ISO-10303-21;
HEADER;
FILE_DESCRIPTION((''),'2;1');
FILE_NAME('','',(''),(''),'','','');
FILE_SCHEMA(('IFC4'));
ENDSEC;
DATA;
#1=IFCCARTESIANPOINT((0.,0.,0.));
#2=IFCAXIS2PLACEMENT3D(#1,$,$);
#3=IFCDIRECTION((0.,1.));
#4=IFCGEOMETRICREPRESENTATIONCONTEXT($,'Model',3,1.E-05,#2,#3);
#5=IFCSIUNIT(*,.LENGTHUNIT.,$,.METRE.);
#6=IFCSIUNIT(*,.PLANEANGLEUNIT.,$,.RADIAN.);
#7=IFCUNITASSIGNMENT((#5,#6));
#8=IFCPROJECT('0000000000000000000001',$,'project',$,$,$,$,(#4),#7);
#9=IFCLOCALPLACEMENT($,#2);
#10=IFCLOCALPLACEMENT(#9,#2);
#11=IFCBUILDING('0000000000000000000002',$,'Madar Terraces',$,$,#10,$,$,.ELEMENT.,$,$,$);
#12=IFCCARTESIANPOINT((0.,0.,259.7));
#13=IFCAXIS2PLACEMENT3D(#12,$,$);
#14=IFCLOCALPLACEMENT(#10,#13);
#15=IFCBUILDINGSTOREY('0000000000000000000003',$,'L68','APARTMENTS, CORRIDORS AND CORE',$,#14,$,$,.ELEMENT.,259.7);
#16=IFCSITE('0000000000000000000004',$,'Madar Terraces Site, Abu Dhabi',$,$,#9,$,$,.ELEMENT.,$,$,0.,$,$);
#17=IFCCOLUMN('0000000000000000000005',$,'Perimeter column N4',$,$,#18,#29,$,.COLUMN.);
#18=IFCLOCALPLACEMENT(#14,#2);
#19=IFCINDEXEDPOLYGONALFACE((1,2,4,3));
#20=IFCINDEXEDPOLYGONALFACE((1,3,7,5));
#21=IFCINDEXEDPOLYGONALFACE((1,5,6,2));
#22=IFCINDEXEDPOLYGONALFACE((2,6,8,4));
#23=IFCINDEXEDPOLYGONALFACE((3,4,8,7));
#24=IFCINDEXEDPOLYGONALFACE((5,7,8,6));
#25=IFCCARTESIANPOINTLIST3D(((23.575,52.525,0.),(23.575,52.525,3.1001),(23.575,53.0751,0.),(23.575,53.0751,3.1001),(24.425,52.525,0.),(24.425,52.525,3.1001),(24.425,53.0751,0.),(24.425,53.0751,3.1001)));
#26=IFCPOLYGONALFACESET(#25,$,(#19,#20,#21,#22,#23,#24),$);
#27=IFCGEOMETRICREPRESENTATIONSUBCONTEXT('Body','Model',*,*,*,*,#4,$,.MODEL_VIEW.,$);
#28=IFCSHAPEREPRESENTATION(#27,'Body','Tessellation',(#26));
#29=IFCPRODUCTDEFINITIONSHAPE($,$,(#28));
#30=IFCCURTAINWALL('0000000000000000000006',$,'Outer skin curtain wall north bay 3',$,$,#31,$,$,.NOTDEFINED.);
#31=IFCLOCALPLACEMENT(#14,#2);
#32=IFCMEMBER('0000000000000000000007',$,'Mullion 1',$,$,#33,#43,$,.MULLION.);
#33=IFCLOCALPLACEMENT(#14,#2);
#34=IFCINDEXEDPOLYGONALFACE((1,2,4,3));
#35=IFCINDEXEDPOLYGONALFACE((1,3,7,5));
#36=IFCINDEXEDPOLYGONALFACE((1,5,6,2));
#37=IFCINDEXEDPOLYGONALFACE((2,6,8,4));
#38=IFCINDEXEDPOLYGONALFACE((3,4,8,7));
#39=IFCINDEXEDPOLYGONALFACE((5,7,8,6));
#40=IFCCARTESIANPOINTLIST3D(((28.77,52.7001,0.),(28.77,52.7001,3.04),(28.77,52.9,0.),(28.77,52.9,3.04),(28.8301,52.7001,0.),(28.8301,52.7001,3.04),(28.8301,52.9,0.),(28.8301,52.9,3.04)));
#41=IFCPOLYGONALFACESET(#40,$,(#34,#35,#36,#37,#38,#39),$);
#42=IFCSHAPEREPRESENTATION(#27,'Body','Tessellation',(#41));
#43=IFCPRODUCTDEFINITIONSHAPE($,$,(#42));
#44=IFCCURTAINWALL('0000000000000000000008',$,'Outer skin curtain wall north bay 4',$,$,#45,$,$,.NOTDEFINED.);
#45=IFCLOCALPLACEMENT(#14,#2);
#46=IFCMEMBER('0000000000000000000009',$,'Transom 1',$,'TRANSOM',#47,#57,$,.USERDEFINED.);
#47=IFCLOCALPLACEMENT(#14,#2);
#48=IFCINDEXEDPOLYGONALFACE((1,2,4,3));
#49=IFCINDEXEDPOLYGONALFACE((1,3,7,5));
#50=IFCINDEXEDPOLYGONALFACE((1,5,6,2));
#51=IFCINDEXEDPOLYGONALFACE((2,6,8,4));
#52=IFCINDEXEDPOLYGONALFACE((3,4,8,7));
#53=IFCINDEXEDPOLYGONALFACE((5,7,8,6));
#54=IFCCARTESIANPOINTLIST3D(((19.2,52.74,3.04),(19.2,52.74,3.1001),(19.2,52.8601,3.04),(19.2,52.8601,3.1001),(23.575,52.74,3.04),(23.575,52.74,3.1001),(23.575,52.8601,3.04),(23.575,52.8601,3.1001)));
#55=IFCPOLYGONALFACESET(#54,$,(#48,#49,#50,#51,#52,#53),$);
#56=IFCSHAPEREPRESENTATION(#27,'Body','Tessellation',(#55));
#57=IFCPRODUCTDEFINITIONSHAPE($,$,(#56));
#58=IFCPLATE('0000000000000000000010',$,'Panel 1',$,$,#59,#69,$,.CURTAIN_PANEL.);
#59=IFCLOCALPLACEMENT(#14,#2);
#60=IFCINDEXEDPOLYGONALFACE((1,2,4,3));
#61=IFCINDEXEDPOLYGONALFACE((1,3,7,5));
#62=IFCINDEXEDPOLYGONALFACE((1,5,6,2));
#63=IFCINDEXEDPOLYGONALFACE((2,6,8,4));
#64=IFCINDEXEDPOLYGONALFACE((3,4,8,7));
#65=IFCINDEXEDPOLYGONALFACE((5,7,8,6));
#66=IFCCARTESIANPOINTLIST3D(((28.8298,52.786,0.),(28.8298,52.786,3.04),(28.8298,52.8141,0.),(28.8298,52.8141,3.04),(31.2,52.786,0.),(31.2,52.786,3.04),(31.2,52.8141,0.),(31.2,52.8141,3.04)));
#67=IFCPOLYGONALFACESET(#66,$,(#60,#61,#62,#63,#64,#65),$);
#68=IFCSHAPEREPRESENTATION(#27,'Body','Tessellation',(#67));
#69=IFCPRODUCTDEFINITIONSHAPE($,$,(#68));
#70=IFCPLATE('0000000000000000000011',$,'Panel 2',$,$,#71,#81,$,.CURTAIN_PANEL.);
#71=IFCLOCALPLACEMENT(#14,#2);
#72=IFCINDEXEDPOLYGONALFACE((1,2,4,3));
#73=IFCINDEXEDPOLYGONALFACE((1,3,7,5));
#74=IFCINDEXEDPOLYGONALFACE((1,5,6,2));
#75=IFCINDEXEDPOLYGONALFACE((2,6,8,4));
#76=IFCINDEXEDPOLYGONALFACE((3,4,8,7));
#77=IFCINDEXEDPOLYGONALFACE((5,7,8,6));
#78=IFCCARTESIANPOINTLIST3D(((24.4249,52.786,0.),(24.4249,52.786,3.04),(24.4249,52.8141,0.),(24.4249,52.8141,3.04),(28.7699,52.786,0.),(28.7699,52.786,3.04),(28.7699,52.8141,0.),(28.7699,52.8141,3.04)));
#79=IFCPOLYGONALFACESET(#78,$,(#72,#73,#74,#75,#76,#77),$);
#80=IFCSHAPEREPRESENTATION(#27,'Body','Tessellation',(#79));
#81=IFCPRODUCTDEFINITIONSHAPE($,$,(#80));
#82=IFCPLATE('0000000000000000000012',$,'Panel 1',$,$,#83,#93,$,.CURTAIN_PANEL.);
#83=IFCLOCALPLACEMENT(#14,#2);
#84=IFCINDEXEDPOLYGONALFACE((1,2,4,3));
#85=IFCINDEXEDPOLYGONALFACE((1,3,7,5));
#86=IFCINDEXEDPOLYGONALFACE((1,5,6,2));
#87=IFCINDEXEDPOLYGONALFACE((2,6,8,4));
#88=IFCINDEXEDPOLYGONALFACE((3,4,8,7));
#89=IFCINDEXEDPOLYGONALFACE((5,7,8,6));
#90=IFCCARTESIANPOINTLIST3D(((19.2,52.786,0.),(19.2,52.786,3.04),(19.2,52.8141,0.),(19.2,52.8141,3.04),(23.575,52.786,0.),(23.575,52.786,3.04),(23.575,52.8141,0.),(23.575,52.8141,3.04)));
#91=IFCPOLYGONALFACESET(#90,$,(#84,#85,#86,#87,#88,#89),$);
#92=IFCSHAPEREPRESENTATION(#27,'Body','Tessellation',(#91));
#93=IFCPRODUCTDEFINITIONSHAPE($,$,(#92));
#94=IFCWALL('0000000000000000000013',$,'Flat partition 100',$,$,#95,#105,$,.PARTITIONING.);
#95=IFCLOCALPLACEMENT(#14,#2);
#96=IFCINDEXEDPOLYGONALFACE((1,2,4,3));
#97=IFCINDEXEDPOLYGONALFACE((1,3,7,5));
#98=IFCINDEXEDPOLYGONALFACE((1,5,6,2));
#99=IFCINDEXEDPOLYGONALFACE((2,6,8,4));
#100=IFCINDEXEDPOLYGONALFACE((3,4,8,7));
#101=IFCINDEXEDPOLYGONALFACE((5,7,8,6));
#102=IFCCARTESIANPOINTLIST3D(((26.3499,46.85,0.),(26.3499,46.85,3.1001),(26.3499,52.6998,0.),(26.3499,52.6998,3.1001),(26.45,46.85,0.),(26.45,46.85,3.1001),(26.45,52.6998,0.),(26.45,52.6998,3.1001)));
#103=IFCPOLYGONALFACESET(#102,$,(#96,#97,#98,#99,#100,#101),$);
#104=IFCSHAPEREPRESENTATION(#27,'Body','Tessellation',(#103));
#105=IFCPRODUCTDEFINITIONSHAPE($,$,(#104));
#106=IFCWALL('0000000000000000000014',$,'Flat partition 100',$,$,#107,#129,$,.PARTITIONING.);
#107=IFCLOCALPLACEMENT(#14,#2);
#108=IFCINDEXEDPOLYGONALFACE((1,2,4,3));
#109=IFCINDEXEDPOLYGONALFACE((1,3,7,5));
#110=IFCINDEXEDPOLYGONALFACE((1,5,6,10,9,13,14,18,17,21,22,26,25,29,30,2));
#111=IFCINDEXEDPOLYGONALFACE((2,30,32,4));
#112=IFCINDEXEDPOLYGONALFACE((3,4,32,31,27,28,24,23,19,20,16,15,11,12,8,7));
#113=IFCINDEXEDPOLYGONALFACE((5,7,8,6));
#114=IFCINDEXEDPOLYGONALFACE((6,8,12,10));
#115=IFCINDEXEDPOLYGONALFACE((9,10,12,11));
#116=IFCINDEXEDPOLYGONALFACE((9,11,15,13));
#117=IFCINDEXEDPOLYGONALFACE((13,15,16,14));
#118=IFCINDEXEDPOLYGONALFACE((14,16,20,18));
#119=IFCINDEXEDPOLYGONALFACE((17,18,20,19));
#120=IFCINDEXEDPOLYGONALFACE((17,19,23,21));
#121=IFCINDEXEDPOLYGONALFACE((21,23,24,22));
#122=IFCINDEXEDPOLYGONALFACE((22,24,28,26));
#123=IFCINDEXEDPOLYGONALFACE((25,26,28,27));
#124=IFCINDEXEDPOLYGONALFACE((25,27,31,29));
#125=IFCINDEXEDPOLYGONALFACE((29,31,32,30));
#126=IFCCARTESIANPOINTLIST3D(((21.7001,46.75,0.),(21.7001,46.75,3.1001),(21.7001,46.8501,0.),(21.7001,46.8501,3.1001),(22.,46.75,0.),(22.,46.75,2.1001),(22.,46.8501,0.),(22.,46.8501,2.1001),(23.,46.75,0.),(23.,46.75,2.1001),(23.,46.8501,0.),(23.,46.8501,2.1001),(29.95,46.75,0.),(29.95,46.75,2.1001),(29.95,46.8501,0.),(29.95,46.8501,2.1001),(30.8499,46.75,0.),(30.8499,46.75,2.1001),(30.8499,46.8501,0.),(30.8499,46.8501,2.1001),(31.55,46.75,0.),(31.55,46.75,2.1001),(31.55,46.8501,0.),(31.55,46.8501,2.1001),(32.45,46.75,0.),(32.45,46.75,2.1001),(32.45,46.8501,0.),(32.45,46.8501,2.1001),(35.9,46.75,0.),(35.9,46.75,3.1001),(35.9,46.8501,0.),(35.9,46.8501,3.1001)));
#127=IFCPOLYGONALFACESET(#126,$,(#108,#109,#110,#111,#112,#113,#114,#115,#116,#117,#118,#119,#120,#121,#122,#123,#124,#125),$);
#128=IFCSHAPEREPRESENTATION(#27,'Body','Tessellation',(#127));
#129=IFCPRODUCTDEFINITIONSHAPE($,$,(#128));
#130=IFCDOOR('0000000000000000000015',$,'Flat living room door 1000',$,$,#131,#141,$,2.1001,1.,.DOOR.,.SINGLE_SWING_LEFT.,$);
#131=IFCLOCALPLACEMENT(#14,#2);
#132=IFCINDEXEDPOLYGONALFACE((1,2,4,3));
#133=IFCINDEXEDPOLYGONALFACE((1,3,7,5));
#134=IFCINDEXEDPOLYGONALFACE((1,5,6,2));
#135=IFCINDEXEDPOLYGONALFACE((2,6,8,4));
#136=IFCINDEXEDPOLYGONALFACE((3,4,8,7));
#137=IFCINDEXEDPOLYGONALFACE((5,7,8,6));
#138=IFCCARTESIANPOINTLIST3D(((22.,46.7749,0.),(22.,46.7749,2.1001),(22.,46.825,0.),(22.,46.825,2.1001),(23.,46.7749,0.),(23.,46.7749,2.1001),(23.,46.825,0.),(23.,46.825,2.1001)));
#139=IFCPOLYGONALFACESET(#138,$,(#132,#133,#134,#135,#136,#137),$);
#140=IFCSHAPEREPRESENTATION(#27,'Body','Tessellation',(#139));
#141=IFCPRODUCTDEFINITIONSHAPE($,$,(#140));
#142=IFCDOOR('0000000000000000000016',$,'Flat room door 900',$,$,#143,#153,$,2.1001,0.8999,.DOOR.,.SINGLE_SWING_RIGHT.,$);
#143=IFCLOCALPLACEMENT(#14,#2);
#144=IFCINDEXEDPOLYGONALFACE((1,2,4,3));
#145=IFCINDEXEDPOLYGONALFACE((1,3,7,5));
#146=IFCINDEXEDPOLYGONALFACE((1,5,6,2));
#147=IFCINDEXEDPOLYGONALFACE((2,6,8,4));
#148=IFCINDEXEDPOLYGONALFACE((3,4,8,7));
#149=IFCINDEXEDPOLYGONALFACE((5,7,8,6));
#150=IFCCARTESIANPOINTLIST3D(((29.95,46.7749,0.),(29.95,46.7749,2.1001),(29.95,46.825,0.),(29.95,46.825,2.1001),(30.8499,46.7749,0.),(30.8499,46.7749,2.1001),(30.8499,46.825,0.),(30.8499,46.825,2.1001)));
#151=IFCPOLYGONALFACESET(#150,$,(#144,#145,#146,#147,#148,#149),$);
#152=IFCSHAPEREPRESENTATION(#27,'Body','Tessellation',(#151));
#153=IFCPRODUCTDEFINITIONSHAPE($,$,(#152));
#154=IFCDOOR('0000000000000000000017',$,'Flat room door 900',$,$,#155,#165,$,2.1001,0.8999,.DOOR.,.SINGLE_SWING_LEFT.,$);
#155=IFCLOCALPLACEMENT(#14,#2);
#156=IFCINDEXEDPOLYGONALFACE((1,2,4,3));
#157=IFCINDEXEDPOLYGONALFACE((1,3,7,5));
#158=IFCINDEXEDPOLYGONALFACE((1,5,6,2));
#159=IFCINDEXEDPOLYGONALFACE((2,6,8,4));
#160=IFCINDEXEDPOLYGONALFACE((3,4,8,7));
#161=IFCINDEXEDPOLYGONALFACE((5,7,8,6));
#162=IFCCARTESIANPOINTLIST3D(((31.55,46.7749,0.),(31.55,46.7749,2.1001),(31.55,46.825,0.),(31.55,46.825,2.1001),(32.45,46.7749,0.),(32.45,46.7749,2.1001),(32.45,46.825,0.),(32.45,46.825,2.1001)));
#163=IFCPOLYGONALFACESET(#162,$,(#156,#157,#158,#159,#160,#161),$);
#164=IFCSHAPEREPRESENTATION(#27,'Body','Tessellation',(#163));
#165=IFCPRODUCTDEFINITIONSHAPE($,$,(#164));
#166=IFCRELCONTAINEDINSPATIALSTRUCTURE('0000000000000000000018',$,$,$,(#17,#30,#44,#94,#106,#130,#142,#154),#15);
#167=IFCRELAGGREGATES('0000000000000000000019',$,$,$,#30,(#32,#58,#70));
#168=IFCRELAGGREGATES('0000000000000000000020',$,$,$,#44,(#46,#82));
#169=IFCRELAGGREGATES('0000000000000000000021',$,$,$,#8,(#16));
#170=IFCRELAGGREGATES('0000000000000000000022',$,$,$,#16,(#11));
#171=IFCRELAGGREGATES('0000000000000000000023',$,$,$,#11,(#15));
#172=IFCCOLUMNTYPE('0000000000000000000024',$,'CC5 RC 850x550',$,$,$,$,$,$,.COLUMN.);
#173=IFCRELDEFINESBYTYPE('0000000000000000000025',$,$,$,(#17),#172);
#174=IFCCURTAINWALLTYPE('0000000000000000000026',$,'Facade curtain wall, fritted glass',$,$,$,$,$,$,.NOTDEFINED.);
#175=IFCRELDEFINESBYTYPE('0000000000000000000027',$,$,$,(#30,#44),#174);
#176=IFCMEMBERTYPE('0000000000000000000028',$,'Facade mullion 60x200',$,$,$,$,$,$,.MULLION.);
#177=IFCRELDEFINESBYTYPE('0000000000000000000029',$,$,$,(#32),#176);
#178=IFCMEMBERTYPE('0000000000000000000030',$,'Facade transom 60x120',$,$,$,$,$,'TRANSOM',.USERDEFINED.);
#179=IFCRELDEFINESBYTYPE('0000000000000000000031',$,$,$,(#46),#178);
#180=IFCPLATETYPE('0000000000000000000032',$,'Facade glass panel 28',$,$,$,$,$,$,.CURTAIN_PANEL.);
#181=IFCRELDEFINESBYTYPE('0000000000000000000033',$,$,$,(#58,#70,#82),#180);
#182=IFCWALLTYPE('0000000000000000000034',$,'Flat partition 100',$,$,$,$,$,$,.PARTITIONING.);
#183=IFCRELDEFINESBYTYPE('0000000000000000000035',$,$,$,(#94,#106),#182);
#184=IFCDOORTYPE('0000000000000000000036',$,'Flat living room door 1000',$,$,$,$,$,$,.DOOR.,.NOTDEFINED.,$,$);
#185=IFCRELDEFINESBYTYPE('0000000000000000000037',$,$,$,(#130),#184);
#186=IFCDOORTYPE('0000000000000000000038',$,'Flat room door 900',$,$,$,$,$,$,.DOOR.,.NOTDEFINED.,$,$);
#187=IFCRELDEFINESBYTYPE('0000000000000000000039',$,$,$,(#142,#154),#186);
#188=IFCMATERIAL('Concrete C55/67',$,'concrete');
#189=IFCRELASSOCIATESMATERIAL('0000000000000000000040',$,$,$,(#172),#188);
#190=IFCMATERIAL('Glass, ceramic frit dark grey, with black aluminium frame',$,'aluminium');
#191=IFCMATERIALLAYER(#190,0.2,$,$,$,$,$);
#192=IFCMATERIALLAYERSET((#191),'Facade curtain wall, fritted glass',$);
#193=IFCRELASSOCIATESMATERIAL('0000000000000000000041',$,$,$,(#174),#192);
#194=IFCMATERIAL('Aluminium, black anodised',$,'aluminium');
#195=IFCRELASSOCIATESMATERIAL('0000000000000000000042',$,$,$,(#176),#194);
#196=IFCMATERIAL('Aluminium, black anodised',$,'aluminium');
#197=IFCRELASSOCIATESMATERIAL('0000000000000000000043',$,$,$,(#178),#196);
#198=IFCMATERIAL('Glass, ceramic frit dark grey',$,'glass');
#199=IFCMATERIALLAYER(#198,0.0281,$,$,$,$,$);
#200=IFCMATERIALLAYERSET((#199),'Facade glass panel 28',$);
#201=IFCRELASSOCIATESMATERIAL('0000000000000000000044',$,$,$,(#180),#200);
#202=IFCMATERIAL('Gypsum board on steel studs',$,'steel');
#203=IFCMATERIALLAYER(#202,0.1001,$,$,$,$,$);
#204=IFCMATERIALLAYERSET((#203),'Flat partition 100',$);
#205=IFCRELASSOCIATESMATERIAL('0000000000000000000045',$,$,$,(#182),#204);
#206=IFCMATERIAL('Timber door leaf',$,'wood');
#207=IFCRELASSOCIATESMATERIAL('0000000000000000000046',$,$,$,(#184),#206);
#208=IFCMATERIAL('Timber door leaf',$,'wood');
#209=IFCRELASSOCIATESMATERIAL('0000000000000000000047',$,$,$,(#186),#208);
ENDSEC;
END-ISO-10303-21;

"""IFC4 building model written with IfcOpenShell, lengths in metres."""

from ifc_helpers import new_model, si_unit, direction, frame, frame_2d, origin, origin_2d, place, context, subcontext, project, spatial, rectangle, extrude, material, layer, layer_set, material_profile, profile_set, type_object, element, fill, aggregate, save


model = new_model("IFC4")

# Units and contexts
model_context = context("Model", 3, precision=1e-05, world=origin(), true_north=direction((0.0, 1.0)))
body_context = subcontext(model_context, "Body", "Model", "MODEL_VIEW")
ifc_project = project(units=[si_unit("LENGTHUNIT", "METRE"), si_unit("PLANEANGLEUNIT", "RADIAN")], contexts=[model_context])

# Site, building, storey
site_placement = place(None, origin())
site = spatial("IfcSite", under=ifc_project, at=site_placement, Name="Madar Terraces Site, Abu Dhabi", CompositionType="ELEMENT", RefElevation=0.0)
building_placement = place(site_placement, origin())
building = spatial("IfcBuilding", under=site, at=building_placement, Name="Madar Terraces", CompositionType="ELEMENT")
storey_placement = place(building_placement, frame((0.0, 0.0, 259.7)))
storey = spatial("IfcBuildingStorey", under=building, at=storey_placement, Name="L68", Description="APARTMENTS, CORRIDORS AND CORE", CompositionType="ELEMENT", Elevation=259.7)

# Column
ifc_material_1 = material(Name="Concrete C55/67", Category="concrete")
ifc_material_profile_1 = material_profile(ifc_material_1, rectangle(XDim=0.8501, YDim=0.55, at=origin_2d()), Name="CC5 RC 850x550")
ifc_profile_set_1 = profile_set([ifc_material_profile_1], Name="Concrete C55/67")
column_type = type_object("IfcColumnType", Name="CC5 RC 850x550", PredefinedType="COLUMN", material=ifc_profile_set_1)
column_placement = place(storey_placement, frame((24.0, 52.8, 0.0), z_axis=(0.0, 0.0, 1.0), x_axis=(1.0, 0.0, 0.0)))
element("IfcColumn", 1, at=column_placement, inside=storey, type_object=column_type, Name="Perimeter column N4", PredefinedType="COLUMN", context=body_context, shape_type="SweptSolid", body=[
    extrude(rectangle(XDim=0.8501, YDim=0.55, at=origin_2d()), origin(), (0.0, 0.0, 1.0), 3.1001),
])

# Curtain walls, members
ifc_material_2 = material(Name="Glass, ceramic frit dark grey, with black aluminium frame", Category="aluminium")
ifc_layer_1 = layer(ifc_material_2, 0.2)
ifc_layer_set_1 = layer_set([ifc_layer_1], Name="Facade curtain wall, fritted glass")
curtain_wall_type = type_object("IfcCurtainWallType", Name="Facade curtain wall, fritted glass", PredefinedType="NOTDEFINED", material=ifc_layer_set_1)
curtain_wall_1_placement = place(storey_placement, origin())
curtain_wall_1 = element("IfcCurtainWall", 2, at=curtain_wall_1_placement, inside=storey, type_object=curtain_wall_type, Name="Outer skin curtain wall north bay 3", PredefinedType="NOTDEFINED")
ifc_material_3 = material(Name="Aluminium, black anodised", Category="aluminium")
ifc_material_profile_2 = material_profile(ifc_material_3, rectangle(XDim=0.2, YDim=0.0601, at=origin_2d()), Name="Facade mullion 60x200")
ifc_profile_set_2 = profile_set([ifc_material_profile_2], Name="Aluminium, black anodised")
member_type_1 = type_object("IfcMemberType", Name="Facade mullion 60x200", PredefinedType="MULLION", material=ifc_profile_set_2)
member_1_placement = place(storey_placement, frame((28.8, 52.8, 0.0), z_axis=(0.0, 0.0, 1.0), x_axis=(0.0, -1.0, 0.0)))
member_1 = element("IfcMember", 3, at=member_1_placement, type_object=member_type_1, Name="Mullion 1", PredefinedType="MULLION", context=body_context, shape_type="SweptSolid", body=[
    extrude(rectangle(XDim=0.2, YDim=0.0601, at=origin_2d()), origin(), (0.0, 0.0, 1.0), 3.04),
])
curtain_wall_2_placement = place(storey_placement, origin())
curtain_wall_2 = element("IfcCurtainWall", 4, at=curtain_wall_2_placement, inside=storey, type_object=curtain_wall_type, Name="Outer skin curtain wall north bay 4", PredefinedType="NOTDEFINED")
ifc_material_4 = material(Name="Aluminium, black anodised", Category="aluminium")
ifc_material_profile_3 = material_profile(ifc_material_4, rectangle(XDim=0.1201, YDim=0.0601, at=origin_2d()), Name="Facade transom 60x120")
ifc_profile_set_3 = profile_set([ifc_material_profile_3], Name="Aluminium, black anodised")
member_type_2 = type_object("IfcMemberType", Name="Facade transom 60x120", ElementType="TRANSOM", PredefinedType="USERDEFINED", material=ifc_profile_set_3)
member_2_placement = place(storey_placement, frame((23.575, 52.8, 3.0701), z_axis=(-1.0, 0.0, 0.0), x_axis=(0.0, -1.0, 0.0)))
member_2 = element("IfcMember", 5, at=member_2_placement, type_object=member_type_2, Name="Transom 1", ObjectType="TRANSOM", PredefinedType="USERDEFINED", context=body_context, shape_type="SweptSolid", body=[
    extrude(rectangle(XDim=0.1201, YDim=0.0601, at=origin_2d()), origin(), (0.0, 0.0, 1.0), 4.375),
])

# Plates
ifc_material_5 = material(Name="Glass, ceramic frit dark grey", Category="glass")
ifc_layer_2 = layer(ifc_material_5, 0.0281)
ifc_layer_set_2 = layer_set([ifc_layer_2], Name="Facade glass panel 28")
plate_type = type_object("IfcPlateType", Name="Facade glass panel 28", PredefinedType="CURTAIN_PANEL", material=ifc_layer_set_2)
plate_1_placement = place(storey_placement, frame((30.0149, 52.8, 0.0), z_axis=(0.0, 0.0, 1.0), x_axis=(-1.0, 0.0, 0.0)))
plate_1 = element("IfcPlate", 6, at=plate_1_placement, type_object=plate_type, Name="Panel 1", PredefinedType="CURTAIN_PANEL", context=body_context, shape_type="SweptSolid", body=[
    extrude(rectangle(XDim=2.3701, YDim=0.0281, at=origin_2d()), origin(), (0.0, 0.0, 1.0), 3.04),
])
plate_2_placement = place(storey_placement, frame((26.5974, 52.8, 0.0), z_axis=(0.0, 0.0, 1.0), x_axis=(-1.0, 0.0, 0.0)))
plate_2 = element("IfcPlate", 7, at=plate_2_placement, type_object=plate_type, Name="Panel 2", PredefinedType="CURTAIN_PANEL", context=body_context, shape_type="SweptSolid", body=[
    extrude(rectangle(XDim=4.345, YDim=0.0281, at=origin_2d()), origin(), (0.0, 0.0, 1.0), 3.04),
])
aggregate(curtain_wall_1, [member_1, plate_1, plate_2])
plate_3_placement = place(storey_placement, frame((21.3875, 52.8, 0.0), z_axis=(0.0, 0.0, 1.0), x_axis=(-1.0, 0.0, 0.0)))
plate_3 = element("IfcPlate", 8, at=plate_3_placement, type_object=plate_type, Name="Panel 1", PredefinedType="CURTAIN_PANEL", context=body_context, shape_type="SweptSolid", body=[
    extrude(rectangle(XDim=4.375, YDim=0.0281, at=origin_2d()), origin(), (0.0, 0.0, 1.0), 3.04),
])
aggregate(curtain_wall_2, [member_2, plate_3])

# Wall
ifc_material_6 = material(Name="Gypsum board on steel studs", Category="steel")
ifc_layer_3 = layer(ifc_material_6, 0.1001)
ifc_layer_set_3 = layer_set([ifc_layer_3], Name="Flat partition 100")
wall_type_1 = type_object("IfcWallType", Name="Flat partition 100", PredefinedType="PARTITIONING", material=ifc_layer_set_3)
wall_1_placement = place(storey_placement, frame((26.3999, 46.8501, 0.0), z_axis=(0.0, 0.0, 1.0), x_axis=(0.0, 1.0, 0.0)))
element("IfcWall", 9, at=wall_1_placement, inside=storey, type_object=wall_type_1, Name="Flat partition 100", PredefinedType="PARTITIONING", context=body_context, shape_type="SweptSolid", body=[
    extrude(rectangle(XDim=5.8499, YDim=0.1001, at=frame_2d((2.9248, 0.0))), origin(), (0.0, 0.0, 1.0), 3.1001),
])

# Wall, openings, doors
wall_2_placement = place(storey_placement, frame((21.7, 46.8, 0.0), z_axis=(0.0, 0.0, 1.0), x_axis=(1.0, 0.0, 0.0)))
wall_2 = element("IfcWall", 10, at=wall_2_placement, inside=storey, type_object=wall_type_1, Name="Flat partition 100", PredefinedType="PARTITIONING", context=body_context, shape_type="SweptSolid", body=[
    extrude(rectangle(XDim=14.2, YDim=0.1001, at=frame_2d((7.1001, 0.0))), origin(), (0.0, 0.0, 1.0), 3.1001),
])
opening_1_placement = place(wall_2_placement, frame((0.3, 0.0, 0.0)))
opening_1 = element("IfcOpeningElement", 11, at=opening_1_placement, cuts=wall_2, PredefinedType="OPENING", context=body_context, shape_type="SweptSolid", body=[
    extrude(rectangle(XDim=1.0, YDim=2.1001, at=frame_2d((0.5, 1.05))), frame((0.0, 0.0601, 0.0), z_axis=(0.0, -1.0, 0.0), x_axis=(1.0, 0.0, 0.0)), (0.0, 0.0, 1.0), 0.1201),
])
opening_2_placement = place(wall_2_placement, frame((8.25, 0.0, 0.0)))
opening_2 = element("IfcOpeningElement", 12, at=opening_2_placement, cuts=wall_2, PredefinedType="OPENING", context=body_context, shape_type="SweptSolid", body=[
    extrude(rectangle(XDim=0.8999, YDim=2.1001, at=frame_2d((0.45, 1.05))), frame((0.0, 0.0601, 0.0), z_axis=(0.0, -1.0, 0.0), x_axis=(1.0, 0.0, 0.0)), (0.0, 0.0, 1.0), 0.1201),
])
opening_3_placement = place(wall_2_placement, frame((9.8501, 0.0, 0.0)))
opening_3 = element("IfcOpeningElement", 13, at=opening_3_placement, cuts=wall_2, PredefinedType="OPENING", context=body_context, shape_type="SweptSolid", body=[
    extrude(rectangle(XDim=0.8999, YDim=2.1001, at=frame_2d((0.45, 1.05))), frame((0.0, 0.0601, 0.0), z_axis=(0.0, -1.0, 0.0), x_axis=(1.0, 0.0, 0.0)), (0.0, 0.0, 1.0), 0.1201),
])
ifc_material_7 = material(Name="Timber door leaf", Category="wood")
door_type_1 = type_object("IfcDoorType", Name="Flat living room door 1000", OperationType="NOTDEFINED", PredefinedType="DOOR", material=ifc_material_7)
door_1_placement = place(opening_1_placement, origin())
door_1 = element("IfcDoor", 14, at=door_1_placement, inside=storey, type_object=door_type_1, Name="Flat living room door 1000", OperationType="SINGLE_SWING_LEFT", OverallHeight=2.1001, OverallWidth=1.0, PredefinedType="DOOR", context=body_context, shape_type="SweptSolid", body=[
    extrude(rectangle(XDim=1.0, YDim=2.1001, at=frame_2d((0.5, 1.05))), frame((0.0, 0.0249, 0.0), z_axis=(0.0, -1.0, 0.0), x_axis=(1.0, 0.0, 0.0)), (0.0, 0.0, 1.0), 0.05),
])
fill(opening_1, door_1)
ifc_material_8 = material(Name="Timber door leaf", Category="wood")
door_type_2 = type_object("IfcDoorType", Name="Flat room door 900", OperationType="NOTDEFINED", PredefinedType="DOOR", material=ifc_material_8)
door_2_placement = place(opening_2_placement, origin())
door_2 = element("IfcDoor", 15, at=door_2_placement, inside=storey, type_object=door_type_2, Name="Flat room door 900", OperationType="SINGLE_SWING_RIGHT", OverallHeight=2.1001, OverallWidth=0.8999, PredefinedType="DOOR", context=body_context, shape_type="SweptSolid", body=[
    extrude(rectangle(XDim=0.8999, YDim=2.1001, at=frame_2d((0.45, 1.05))), frame((0.0, 0.0249, 0.0), z_axis=(0.0, -1.0, 0.0), x_axis=(1.0, 0.0, 0.0)), (0.0, 0.0, 1.0), 0.05),
])
fill(opening_2, door_2)
door_3_placement = place(opening_3_placement, origin())
door_3 = element("IfcDoor", 16, at=door_3_placement, inside=storey, type_object=door_type_2, Name="Flat room door 900", OperationType="SINGLE_SWING_LEFT", OverallHeight=2.1001, OverallWidth=0.8999, PredefinedType="DOOR", context=body_context, shape_type="SweptSolid", body=[
    extrude(rectangle(XDim=0.8999, YDim=2.1001, at=frame_2d((0.45, 1.05))), frame((0.0, 0.0249, 0.0), z_axis=(0.0, -1.0, 0.0), x_axis=(1.0, 0.0, 0.0)), (0.0, 0.0, 1.0), 0.05),
])
fill(opening_3, door_3)

save(model, "model.ifc")
